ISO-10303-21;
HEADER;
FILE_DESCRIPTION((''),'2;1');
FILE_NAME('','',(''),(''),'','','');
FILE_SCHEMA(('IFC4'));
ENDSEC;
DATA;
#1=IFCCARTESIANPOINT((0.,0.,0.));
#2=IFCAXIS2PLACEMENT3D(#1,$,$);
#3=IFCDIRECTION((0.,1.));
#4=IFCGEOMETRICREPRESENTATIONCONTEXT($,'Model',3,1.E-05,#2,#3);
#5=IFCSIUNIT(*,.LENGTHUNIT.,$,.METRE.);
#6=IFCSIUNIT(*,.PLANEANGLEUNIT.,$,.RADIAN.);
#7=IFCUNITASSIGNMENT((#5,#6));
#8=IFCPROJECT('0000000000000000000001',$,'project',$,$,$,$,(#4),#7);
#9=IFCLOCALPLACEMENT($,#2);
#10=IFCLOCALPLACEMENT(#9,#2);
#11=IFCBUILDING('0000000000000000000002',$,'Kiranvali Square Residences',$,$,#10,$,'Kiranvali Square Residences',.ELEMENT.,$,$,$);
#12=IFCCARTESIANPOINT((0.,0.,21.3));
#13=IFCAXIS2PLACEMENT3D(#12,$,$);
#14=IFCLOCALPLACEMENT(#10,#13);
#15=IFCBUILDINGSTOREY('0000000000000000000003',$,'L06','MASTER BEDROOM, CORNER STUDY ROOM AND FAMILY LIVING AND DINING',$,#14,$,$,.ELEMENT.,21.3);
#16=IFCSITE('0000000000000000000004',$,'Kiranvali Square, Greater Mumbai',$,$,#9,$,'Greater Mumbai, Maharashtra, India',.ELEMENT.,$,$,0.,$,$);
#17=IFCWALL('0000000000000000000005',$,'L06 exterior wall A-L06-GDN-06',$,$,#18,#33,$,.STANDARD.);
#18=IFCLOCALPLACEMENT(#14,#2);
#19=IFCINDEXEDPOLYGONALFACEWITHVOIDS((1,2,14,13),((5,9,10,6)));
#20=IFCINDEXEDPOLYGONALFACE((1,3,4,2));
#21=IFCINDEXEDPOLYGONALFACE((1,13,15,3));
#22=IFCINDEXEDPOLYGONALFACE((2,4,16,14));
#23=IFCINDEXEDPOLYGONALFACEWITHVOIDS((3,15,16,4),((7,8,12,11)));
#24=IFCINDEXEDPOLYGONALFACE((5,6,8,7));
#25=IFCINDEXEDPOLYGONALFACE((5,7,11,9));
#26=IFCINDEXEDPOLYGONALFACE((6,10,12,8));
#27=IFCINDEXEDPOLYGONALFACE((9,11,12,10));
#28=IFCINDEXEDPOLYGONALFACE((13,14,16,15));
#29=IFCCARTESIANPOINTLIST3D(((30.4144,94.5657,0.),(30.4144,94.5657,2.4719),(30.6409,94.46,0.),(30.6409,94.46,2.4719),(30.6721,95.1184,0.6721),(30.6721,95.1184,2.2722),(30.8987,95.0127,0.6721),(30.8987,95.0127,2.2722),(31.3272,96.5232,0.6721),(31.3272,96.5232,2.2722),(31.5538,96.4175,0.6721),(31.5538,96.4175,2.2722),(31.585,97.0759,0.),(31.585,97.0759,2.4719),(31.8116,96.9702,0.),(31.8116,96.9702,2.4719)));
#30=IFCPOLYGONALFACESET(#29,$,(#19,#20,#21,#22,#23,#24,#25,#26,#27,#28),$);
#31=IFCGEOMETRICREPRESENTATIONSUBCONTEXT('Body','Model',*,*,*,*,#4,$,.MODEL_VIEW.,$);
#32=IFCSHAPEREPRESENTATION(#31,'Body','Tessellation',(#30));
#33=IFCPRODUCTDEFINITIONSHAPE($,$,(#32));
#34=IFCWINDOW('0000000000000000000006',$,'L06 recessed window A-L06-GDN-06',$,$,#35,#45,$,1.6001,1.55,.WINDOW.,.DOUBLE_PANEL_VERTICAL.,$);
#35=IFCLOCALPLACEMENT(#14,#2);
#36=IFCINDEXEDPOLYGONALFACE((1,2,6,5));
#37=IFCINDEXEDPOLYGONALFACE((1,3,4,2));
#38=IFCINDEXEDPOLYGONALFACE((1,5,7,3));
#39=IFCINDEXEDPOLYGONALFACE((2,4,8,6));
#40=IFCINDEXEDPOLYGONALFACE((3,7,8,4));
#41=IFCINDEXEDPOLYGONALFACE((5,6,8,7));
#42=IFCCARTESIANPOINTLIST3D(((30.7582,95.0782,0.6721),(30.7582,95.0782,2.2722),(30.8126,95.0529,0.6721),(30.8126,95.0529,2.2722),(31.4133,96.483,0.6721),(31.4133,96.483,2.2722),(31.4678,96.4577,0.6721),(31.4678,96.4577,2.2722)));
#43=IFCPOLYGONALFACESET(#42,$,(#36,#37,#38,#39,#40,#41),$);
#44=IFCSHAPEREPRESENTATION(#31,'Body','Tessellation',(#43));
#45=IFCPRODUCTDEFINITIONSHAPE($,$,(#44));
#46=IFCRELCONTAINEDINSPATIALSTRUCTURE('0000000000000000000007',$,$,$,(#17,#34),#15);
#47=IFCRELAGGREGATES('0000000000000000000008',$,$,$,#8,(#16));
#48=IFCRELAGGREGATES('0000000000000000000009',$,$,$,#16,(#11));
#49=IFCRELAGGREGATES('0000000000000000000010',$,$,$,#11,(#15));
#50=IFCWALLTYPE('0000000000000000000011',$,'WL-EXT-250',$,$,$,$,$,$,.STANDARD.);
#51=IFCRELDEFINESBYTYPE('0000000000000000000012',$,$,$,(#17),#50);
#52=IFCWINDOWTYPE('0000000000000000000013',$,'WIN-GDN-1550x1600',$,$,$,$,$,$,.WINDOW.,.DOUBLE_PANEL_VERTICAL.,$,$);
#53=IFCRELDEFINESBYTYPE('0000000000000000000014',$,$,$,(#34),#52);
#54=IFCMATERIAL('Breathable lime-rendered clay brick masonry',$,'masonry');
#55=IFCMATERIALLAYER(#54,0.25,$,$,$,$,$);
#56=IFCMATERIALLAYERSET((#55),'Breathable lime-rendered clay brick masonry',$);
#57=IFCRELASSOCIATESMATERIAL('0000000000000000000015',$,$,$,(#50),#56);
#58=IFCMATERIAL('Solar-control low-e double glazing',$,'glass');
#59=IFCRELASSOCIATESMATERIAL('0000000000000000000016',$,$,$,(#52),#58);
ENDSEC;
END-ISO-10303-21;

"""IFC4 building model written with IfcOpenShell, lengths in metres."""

from ifc_helpers import new_model, si_unit, direction, frame, frame_2d, origin, place, context, subcontext, project, spatial, rectangle, extrude, material, layer, layer_set, type_object, element, fill, save


model = new_model("IFC4")

# Units and contexts
model_context = context("Model", 3, precision=1e-05, world=origin(), true_north=direction((0.0, 1.0)))
body_context = subcontext(model_context, "Body", "Model", "MODEL_VIEW")
ifc_project = project(units=[si_unit("LENGTHUNIT", "METRE"), si_unit("PLANEANGLEUNIT", "RADIAN")], contexts=[model_context])

# Site, building, storey
site_placement = place(None, origin())
site = spatial("IfcSite", under=ifc_project, at=site_placement, Name="Kiranvali Square, Greater Mumbai", LongName="Greater Mumbai, Maharashtra, India", CompositionType="ELEMENT", RefElevation=0.0)
building_placement = place(site_placement, origin())
building = spatial("IfcBuilding", under=site, at=building_placement, Name="Kiranvali Square Residences", LongName="Kiranvali Square Residences", CompositionType="ELEMENT")
storey_placement = place(building_placement, frame((0.0, 0.0, 21.3)))
storey = spatial("IfcBuildingStorey", under=building, at=storey_placement, Name="L06", Description="MASTER BEDROOM, CORNER STUDY ROOM AND FAMILY LIVING AND DINING", CompositionType="ELEMENT", Elevation=21.3)

# Shared definitions
ifc_material_1 = material(Name="Breathable lime-rendered clay brick masonry", Category="masonry")
ifc_layer_1 = layer(ifc_material_1, 0.25)
ifc_layer_set_1 = layer_set([ifc_layer_1], Name="Breathable lime-rendered clay brick masonry")
wall_type_1 = type_object("IfcWallType", Name="WL-EXT-250", PredefinedType="STANDARD", material=ifc_layer_set_1)

# Wall, opening, window
wall_1_placement = place(storey_placement, frame((31.6982, 97.0229, 0.0), z_axis=(0.0, 0.0, 1.0), x_axis=(-0.422649, -0.906293, 0.0)))
wall_1 = element("IfcWall", 1, at=wall_1_placement, inside=storey, type_object=wall_type_1, Name="L06 exterior wall A-L06-GDN-06", PredefinedType="STANDARD", context=body_context, shape_type="SweptSolid", body=[
    extrude(rectangle(XDim=2.7698, YDim=0.25, at=frame_2d((1.3848, 0.0))), origin(), (0.0, 0.0, 1.0), 2.4719),
])
opening_1_placement = place(wall_1_placement, frame((0.6099, 0.0, 0.6721)))
opening_1 = element("IfcOpeningElement", 2, at=opening_1_placement, cuts=wall_1, PredefinedType="OPENING", context=body_context, shape_type="SweptSolid", body=[
    extrude(rectangle(XDim=1.55, YDim=1.6001, at=frame_2d((0.7749, 0.8))), frame((0.0, 0.135, 0.0), z_axis=(0.0, -1.0, 0.0), x_axis=(1.0, 0.0, 0.0)), (0.0, 0.0, 1.0), 0.27),
])
ifc_material_2 = material(Name="Solar-control low-e double glazing", Category="glass")
window_type = type_object("IfcWindowType", Name="WIN-GDN-1550x1600", PartitioningType="DOUBLE_PANEL_VERTICAL", PredefinedType="WINDOW", material=ifc_material_2)
window_placement = place(opening_1_placement, origin())
window = element("IfcWindow", 3, at=window_placement, inside=storey, type_object=window_type, Name="L06 recessed window A-L06-GDN-06", OverallHeight=1.6001, OverallWidth=1.55, PartitioningType="DOUBLE_PANEL_VERTICAL", PredefinedType="WINDOW", context=body_context, shape_type="SweptSolid", body=[
    extrude(rectangle(XDim=1.55, YDim=1.6001, at=frame_2d((0.7749, 0.8))), frame((0.0, 0.03, 0.0), z_axis=(0.0, -1.0, 0.0), x_axis=(1.0, 0.0, 0.0)), (0.0, 0.0, 1.0), 0.0601),
])
fill(opening_1, window)

save(model, "model.ifc")
